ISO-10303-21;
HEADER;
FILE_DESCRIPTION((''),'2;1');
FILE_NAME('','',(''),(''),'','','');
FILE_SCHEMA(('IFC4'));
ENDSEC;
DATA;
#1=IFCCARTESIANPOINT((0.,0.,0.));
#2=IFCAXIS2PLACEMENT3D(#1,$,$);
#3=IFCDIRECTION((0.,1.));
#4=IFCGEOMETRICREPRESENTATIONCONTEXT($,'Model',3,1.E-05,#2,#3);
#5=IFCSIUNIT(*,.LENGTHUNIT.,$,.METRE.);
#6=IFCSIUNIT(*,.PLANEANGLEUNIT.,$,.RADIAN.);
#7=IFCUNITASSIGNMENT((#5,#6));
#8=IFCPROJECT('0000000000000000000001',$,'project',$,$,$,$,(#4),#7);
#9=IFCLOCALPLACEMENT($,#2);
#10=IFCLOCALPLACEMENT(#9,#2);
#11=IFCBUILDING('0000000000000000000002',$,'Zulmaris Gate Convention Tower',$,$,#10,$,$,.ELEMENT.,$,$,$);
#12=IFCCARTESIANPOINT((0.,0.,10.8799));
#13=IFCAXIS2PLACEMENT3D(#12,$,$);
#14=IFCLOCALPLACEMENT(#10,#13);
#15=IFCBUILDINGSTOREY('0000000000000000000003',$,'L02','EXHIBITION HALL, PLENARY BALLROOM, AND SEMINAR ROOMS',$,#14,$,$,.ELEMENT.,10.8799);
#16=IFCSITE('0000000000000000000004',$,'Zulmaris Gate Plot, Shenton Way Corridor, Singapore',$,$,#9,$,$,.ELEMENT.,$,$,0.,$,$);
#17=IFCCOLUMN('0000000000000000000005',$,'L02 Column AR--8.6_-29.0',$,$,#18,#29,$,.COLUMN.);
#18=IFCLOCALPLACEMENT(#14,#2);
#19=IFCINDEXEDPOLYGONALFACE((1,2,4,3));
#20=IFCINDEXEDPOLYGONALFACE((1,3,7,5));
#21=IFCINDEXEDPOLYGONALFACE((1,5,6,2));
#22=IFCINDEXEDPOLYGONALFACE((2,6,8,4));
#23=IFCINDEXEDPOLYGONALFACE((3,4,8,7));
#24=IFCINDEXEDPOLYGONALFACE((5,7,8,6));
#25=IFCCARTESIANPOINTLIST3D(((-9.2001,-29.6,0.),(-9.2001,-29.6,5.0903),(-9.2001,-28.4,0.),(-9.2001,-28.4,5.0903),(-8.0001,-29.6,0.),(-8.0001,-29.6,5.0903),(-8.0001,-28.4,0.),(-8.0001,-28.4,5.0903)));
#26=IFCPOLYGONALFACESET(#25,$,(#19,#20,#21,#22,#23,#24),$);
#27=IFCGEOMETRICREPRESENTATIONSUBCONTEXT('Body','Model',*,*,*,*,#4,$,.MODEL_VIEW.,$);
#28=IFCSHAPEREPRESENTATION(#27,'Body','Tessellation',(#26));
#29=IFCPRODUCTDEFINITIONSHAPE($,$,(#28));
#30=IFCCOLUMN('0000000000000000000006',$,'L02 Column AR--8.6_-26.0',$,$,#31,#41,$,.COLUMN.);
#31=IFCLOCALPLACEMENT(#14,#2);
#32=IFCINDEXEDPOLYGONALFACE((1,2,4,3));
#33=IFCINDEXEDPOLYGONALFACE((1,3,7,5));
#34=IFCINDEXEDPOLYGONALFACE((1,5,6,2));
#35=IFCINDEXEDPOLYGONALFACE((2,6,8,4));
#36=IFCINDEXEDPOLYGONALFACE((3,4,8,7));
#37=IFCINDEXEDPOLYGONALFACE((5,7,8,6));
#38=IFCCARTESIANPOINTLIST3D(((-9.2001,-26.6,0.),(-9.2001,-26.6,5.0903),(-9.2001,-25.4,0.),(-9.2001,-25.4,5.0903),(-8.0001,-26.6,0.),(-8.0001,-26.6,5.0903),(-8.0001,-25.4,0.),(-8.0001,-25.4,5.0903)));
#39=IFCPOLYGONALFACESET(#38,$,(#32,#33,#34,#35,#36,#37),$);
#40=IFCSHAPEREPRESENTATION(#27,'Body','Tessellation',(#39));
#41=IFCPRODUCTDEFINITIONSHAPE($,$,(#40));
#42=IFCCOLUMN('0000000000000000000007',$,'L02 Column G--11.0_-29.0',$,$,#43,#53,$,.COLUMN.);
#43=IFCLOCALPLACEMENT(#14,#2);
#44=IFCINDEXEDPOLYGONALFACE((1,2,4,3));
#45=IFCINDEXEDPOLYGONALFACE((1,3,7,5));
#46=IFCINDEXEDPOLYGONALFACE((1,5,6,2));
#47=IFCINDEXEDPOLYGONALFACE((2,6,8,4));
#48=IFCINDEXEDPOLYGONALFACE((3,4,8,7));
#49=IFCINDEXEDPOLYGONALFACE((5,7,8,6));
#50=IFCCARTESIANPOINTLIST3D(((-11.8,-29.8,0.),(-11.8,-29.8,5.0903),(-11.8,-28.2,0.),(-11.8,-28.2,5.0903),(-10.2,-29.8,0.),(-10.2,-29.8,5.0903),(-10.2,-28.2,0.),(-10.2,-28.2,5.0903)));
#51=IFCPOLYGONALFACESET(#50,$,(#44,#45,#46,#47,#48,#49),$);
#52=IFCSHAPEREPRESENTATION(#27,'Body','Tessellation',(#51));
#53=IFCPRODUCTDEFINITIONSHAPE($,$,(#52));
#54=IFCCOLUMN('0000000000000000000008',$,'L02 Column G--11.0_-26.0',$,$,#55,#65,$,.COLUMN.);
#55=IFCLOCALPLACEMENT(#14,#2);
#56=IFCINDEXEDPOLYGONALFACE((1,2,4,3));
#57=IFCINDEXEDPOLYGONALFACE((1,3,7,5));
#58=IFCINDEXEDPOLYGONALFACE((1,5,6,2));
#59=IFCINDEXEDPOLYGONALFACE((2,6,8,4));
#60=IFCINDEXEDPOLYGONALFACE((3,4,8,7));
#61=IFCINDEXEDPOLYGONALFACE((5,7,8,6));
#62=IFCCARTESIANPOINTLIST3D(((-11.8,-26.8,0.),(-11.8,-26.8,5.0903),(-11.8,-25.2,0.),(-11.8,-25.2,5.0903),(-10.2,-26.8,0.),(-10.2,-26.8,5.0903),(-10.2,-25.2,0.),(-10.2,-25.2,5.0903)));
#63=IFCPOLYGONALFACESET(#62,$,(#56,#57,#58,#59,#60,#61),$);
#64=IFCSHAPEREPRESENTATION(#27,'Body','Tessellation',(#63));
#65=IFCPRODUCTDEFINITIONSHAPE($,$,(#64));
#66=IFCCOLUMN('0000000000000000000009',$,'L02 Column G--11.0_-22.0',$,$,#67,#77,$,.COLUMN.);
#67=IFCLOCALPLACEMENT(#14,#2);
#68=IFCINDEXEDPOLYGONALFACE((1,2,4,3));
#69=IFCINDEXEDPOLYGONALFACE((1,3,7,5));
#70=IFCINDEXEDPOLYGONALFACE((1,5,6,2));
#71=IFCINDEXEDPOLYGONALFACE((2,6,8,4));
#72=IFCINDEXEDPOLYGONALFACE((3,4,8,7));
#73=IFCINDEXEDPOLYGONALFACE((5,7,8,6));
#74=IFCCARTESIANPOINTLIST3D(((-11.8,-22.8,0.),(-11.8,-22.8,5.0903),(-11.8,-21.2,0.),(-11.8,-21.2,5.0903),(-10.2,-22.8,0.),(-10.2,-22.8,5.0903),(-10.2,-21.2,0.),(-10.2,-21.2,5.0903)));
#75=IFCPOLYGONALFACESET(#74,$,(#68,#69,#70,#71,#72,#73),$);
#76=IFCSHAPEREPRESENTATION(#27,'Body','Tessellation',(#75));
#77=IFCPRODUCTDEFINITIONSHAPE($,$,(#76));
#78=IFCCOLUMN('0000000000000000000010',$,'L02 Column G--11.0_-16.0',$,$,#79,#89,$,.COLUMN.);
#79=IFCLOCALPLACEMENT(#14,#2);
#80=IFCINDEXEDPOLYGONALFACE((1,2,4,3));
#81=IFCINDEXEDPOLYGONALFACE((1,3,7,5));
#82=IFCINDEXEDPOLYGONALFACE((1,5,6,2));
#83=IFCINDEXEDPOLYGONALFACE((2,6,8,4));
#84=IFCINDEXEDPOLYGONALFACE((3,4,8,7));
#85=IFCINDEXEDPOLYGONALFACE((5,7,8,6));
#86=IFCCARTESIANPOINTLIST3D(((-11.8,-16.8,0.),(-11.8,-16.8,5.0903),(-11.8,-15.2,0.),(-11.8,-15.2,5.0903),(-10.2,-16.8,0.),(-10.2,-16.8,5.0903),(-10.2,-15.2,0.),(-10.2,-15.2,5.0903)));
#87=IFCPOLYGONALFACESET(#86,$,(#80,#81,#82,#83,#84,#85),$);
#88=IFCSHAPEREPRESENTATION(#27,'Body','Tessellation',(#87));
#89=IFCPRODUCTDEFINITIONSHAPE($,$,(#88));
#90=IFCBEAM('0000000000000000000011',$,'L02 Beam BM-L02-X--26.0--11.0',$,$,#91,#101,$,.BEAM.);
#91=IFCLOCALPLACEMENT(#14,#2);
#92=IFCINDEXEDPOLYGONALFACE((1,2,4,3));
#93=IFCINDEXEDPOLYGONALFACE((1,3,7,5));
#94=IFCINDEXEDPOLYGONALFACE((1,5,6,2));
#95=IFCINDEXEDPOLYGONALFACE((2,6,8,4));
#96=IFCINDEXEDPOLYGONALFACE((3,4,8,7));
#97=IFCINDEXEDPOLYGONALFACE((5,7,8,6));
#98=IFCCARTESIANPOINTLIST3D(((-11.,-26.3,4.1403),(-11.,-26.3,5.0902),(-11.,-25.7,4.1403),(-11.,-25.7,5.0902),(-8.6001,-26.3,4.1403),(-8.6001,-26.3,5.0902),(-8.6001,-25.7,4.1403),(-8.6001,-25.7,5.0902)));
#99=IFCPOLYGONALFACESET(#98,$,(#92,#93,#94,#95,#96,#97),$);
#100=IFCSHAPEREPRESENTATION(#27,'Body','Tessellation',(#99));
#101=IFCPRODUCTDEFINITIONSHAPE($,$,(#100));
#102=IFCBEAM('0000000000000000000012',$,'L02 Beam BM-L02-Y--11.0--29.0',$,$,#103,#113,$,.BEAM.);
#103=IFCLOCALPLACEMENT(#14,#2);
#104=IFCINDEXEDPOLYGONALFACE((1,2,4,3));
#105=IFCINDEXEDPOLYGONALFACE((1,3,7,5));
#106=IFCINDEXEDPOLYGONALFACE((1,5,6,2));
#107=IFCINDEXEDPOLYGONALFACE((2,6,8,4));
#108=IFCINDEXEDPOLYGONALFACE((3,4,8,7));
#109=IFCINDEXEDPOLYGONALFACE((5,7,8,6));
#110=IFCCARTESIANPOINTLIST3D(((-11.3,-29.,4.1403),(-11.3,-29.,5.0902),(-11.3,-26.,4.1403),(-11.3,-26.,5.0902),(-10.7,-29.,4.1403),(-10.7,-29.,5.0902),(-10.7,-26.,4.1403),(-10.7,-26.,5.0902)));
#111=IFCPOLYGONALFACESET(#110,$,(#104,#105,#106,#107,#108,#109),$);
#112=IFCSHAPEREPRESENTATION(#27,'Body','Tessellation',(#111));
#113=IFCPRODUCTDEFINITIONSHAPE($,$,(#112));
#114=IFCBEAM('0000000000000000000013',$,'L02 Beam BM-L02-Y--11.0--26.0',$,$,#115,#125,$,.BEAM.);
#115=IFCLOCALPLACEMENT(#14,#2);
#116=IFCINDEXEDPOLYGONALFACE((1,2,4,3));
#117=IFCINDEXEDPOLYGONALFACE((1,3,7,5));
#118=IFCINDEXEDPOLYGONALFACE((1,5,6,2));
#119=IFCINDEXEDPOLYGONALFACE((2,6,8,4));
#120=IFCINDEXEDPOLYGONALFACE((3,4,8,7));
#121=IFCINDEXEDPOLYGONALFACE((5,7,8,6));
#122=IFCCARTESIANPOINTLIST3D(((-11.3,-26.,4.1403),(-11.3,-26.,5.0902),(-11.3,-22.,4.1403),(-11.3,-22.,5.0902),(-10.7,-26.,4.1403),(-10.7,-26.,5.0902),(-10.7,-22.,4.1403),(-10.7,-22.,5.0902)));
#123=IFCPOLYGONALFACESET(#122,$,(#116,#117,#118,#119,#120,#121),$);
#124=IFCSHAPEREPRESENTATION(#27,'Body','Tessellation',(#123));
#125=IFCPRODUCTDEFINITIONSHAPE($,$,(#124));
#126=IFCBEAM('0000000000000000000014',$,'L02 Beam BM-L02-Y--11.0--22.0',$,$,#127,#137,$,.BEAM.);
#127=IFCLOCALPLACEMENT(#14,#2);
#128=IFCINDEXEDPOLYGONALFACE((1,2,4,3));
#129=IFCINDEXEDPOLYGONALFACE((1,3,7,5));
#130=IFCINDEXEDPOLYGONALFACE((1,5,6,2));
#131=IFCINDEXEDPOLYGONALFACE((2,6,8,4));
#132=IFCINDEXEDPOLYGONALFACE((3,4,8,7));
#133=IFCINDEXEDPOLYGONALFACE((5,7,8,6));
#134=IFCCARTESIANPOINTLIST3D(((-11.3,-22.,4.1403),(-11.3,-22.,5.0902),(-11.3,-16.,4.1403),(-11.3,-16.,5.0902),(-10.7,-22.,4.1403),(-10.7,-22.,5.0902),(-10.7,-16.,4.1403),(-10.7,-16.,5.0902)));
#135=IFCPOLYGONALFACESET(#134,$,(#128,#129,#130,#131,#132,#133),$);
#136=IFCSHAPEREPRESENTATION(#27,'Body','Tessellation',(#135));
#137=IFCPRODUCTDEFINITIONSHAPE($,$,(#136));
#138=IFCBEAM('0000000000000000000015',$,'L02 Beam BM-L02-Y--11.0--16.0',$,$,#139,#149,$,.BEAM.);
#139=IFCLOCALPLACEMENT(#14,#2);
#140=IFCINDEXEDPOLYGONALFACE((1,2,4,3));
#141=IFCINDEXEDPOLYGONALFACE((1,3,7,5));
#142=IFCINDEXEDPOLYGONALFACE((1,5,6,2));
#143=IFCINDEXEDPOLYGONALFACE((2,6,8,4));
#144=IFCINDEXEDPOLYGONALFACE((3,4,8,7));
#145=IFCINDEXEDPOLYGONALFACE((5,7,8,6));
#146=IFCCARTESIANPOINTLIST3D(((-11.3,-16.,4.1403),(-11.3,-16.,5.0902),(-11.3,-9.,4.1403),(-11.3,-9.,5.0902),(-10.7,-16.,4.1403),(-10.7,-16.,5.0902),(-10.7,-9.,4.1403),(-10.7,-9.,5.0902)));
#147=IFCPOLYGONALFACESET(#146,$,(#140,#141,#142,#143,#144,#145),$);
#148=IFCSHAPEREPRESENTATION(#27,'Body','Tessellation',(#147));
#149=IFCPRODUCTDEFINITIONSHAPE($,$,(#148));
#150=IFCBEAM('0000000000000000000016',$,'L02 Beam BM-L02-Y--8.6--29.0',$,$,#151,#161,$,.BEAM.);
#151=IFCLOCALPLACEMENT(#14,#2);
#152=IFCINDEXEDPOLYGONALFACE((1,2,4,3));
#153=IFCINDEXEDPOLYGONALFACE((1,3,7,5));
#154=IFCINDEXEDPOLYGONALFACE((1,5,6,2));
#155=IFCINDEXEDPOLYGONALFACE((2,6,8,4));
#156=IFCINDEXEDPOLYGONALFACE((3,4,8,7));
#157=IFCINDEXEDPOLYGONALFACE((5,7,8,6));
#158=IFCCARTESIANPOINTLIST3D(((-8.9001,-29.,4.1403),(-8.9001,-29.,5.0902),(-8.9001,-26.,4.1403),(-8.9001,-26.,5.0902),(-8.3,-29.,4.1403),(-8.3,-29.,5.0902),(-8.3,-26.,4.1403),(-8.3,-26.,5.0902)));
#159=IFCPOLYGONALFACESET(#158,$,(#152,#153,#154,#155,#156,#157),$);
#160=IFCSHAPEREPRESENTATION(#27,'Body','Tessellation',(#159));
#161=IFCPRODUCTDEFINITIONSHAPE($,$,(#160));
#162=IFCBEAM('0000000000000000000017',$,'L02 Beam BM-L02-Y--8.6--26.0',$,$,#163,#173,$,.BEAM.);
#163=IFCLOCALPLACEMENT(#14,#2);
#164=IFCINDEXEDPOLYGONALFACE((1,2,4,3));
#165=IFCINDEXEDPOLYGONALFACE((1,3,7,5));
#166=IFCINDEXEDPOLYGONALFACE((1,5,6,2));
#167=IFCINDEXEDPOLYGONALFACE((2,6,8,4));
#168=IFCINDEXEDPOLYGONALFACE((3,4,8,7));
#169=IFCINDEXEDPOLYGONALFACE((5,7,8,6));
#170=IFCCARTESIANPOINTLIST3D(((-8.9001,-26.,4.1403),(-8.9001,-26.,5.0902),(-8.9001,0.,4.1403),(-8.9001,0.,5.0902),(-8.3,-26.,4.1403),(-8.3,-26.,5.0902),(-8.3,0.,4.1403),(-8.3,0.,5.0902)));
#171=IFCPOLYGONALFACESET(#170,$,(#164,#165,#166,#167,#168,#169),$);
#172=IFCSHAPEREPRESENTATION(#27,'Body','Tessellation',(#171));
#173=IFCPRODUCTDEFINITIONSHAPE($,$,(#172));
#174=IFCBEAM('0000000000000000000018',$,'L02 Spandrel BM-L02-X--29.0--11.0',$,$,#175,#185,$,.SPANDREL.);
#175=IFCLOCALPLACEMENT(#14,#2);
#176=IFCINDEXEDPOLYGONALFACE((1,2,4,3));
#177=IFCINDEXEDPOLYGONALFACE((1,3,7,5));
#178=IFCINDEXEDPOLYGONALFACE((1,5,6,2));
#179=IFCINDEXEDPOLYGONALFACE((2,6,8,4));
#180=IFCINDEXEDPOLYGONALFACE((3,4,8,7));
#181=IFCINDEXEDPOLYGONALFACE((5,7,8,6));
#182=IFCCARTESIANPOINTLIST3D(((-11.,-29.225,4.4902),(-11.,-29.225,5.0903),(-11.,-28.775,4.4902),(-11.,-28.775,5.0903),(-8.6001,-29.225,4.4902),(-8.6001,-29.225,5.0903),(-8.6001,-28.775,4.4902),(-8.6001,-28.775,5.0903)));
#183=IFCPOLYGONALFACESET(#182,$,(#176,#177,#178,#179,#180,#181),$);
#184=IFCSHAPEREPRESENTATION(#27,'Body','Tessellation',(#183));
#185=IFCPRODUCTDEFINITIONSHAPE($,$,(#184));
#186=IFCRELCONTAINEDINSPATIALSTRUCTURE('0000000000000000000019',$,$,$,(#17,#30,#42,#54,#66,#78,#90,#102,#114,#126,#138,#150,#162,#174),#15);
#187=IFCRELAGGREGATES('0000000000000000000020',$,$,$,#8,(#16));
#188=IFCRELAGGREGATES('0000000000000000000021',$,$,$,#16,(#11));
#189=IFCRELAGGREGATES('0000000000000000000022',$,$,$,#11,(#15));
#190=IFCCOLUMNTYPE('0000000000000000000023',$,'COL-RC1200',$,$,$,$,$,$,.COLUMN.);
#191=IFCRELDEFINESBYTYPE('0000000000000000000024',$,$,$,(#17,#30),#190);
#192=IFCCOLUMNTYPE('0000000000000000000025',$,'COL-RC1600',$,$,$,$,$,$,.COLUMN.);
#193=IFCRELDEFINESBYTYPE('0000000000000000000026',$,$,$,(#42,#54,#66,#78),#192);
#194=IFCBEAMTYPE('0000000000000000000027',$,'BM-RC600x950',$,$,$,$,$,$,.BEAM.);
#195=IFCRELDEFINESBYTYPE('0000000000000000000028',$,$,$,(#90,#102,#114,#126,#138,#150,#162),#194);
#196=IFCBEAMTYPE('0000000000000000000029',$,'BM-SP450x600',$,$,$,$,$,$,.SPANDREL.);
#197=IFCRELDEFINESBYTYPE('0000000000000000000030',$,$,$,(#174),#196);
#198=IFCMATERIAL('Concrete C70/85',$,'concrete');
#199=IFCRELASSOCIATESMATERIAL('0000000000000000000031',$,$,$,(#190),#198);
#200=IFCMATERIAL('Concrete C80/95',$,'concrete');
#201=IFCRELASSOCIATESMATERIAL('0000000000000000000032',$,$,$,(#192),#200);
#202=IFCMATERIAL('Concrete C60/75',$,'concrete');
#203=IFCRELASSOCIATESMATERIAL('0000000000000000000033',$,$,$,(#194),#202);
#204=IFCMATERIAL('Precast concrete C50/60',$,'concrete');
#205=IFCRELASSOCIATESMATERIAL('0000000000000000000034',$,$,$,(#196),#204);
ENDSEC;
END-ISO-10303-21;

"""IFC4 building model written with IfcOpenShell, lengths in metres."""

from ifc_helpers import new_model, si_unit, direction, frame, origin, origin_2d, place, context, subcontext, project, spatial, rectangle, extrude, material, material_profile, profile_set, type_object, element, save


model = new_model("IFC4")

# Units and contexts
model_context = context("Model", 3, precision=1e-05, world=origin(), true_north=direction((0.0, 1.0)))
body_context = subcontext(model_context, "Body", "Model", "MODEL_VIEW")
ifc_project = project(units=[si_unit("LENGTHUNIT", "METRE"), si_unit("PLANEANGLEUNIT", "RADIAN")], contexts=[model_context])

# Site, building, storey
site_placement = place(None, origin())
site = spatial("IfcSite", under=ifc_project, at=site_placement, Name="Zulmaris Gate Plot, Shenton Way Corridor, Singapore", CompositionType="ELEMENT", RefElevation=0.0)
building_placement = place(site_placement, origin())
building = spatial("IfcBuilding", under=site, at=building_placement, Name="Zulmaris Gate Convention Tower", CompositionType="ELEMENT")
storey_placement = place(building_placement, frame((0.0, 0.0, 10.8799)))
storey = spatial("IfcBuildingStorey", under=building, at=storey_placement, Name="L02", Description="EXHIBITION HALL, PLENARY BALLROOM, AND SEMINAR ROOMS", CompositionType="ELEMENT", Elevation=10.8799)

# Columns
ifc_material_1 = material(Name="Concrete C70/85", Category="concrete")
ifc_material_profile_1 = material_profile(ifc_material_1, rectangle(XDim=1.2, YDim=1.2, at=origin_2d()), Name="RC COL 1200x1200")
ifc_profile_set_1 = profile_set([ifc_material_profile_1], Name="Concrete C70/85")
column_type_1 = type_object("IfcColumnType", Name="COL-RC1200", PredefinedType="COLUMN", material=ifc_profile_set_1)
for number, where, z_axis, x_axis, name in (
    (1, (-8.6001, -29.0, 0.0), (0.0, 0.0, 1.0), (1.0, 0.0, 0.0), "L02 Column AR--8.6_-29.0"),
    (2, (-8.6001, -26.0, 0.0), (0.0, 0.0, 1.0), (1.0, 0.0, 0.0), "L02 Column AR--8.6_-26.0"),
):
    element("IfcColumn", number, at=place(storey_placement, frame(where, z_axis=z_axis, x_axis=x_axis)), inside=storey, type_object=column_type_1, Name=name, PredefinedType="COLUMN", context=body_context, shape_type="SweptSolid", body=[
        extrude(rectangle(XDim=1.2, YDim=1.2, at=origin_2d()), origin(), (0.0, 0.0, 1.0), 5.0903),
    ])
ifc_material_2 = material(Name="Concrete C80/95", Category="concrete")
ifc_material_profile_2 = material_profile(ifc_material_2, rectangle(XDim=1.6001, YDim=1.6001, at=origin_2d()), Name="RC COL 1600x1600")
ifc_profile_set_2 = profile_set([ifc_material_profile_2], Name="Concrete C80/95")
column_type_2 = type_object("IfcColumnType", Name="COL-RC1600", PredefinedType="COLUMN", material=ifc_profile_set_2)
for number, where, z_axis, x_axis, name in (
    (3, (-11.0, -29.0, 0.0), (0.0, 0.0, 1.0), (1.0, 0.0, 0.0), "L02 Column G--11.0_-29.0"),
    (4, (-11.0, -26.0, 0.0), (0.0, 0.0, 1.0), (1.0, 0.0, 0.0), "L02 Column G--11.0_-26.0"),
    (5, (-11.0, -22.0, 0.0), (0.0, 0.0, 1.0), (1.0, 0.0, 0.0), "L02 Column G--11.0_-22.0"),
    (6, (-11.0, -16.0, 0.0), (0.0, 0.0, 1.0), (1.0, 0.0, 0.0), "L02 Column G--11.0_-16.0"),
):
    element("IfcColumn", number, at=place(storey_placement, frame(where, z_axis=z_axis, x_axis=x_axis)), inside=storey, type_object=column_type_2, Name=name, PredefinedType="COLUMN", context=body_context, shape_type="SweptSolid", body=[
        extrude(rectangle(XDim=1.6001, YDim=1.6001, at=origin_2d()), origin(), (0.0, 0.0, 1.0), 5.0903),
    ])

# Beams
ifc_material_3 = material(Name="Concrete C60/75", Category="concrete")
ifc_material_profile_3 = material_profile(ifc_material_3, rectangle(XDim=0.6001, YDim=0.95, at=origin_2d()), Name="RC BEAM 600x950")
ifc_profile_set_3 = profile_set([ifc_material_profile_3], Name="Concrete C60/75")
beam_type_1 = type_object("IfcBeamType", Name="BM-RC600x950", PredefinedType="BEAM", material=ifc_profile_set_3)
beam_1_placement = place(storey_placement, frame((-11.0, -26.0, 4.6152), z_axis=(1.0, 0.0, 0.0), x_axis=(0.0, 1.0, 0.0)))
element("IfcBeam", 7, at=beam_1_placement, inside=storey, type_object=beam_type_1, Name="L02 Beam BM-L02-X--26.0--11.0", PredefinedType="BEAM", context=body_context, shape_type="SweptSolid", body=[
    extrude(rectangle(XDim=0.6001, YDim=0.95, at=origin_2d()), origin(), (0.0, 0.0, 1.0), 2.3999),
])
beam_2_placement = place(storey_placement, frame((-11.0, -29.0, 4.6152), z_axis=(0.0, 1.0, 0.0), x_axis=(-1.0, 0.0, 0.0)))
element("IfcBeam", 8, at=beam_2_placement, inside=storey, type_object=beam_type_1, Name="L02 Beam BM-L02-Y--11.0--29.0", PredefinedType="BEAM", context=body_context, shape_type="SweptSolid", body=[
    extrude(rectangle(XDim=0.6001, YDim=0.95, at=origin_2d()), origin(), (0.0, 0.0, 1.0), 3.0),
])
beam_3_placement = place(storey_placement, frame((-11.0, -26.0, 4.6152), z_axis=(0.0, 1.0, 0.0), x_axis=(-1.0, 0.0, 0.0)))
element("IfcBeam", 9, at=beam_3_placement, inside=storey, type_object=beam_type_1, Name="L02 Beam BM-L02-Y--11.0--26.0", PredefinedType="BEAM", context=body_context, shape_type="SweptSolid", body=[
    extrude(rectangle(XDim=0.6001, YDim=0.95, at=origin_2d()), origin(), (0.0, 0.0, 1.0), 4.0),
])
beam_4_placement = place(storey_placement, frame((-11.0, -22.0, 4.6152), z_axis=(0.0, 1.0, 0.0), x_axis=(-1.0, 0.0, 0.0)))
element("IfcBeam", 10, at=beam_4_placement, inside=storey, type_object=beam_type_1, Name="L02 Beam BM-L02-Y--11.0--22.0", PredefinedType="BEAM", context=body_context, shape_type="SweptSolid", body=[
    extrude(rectangle(XDim=0.6001, YDim=0.95, at=origin_2d()), origin(), (0.0, 0.0, 1.0), 6.0),
])
beam_5_placement = place(storey_placement, frame((-11.0, -16.0, 4.6152), z_axis=(0.0, 1.0, 0.0), x_axis=(-1.0, 0.0, 0.0)))
element("IfcBeam", 11, at=beam_5_placement, inside=storey, type_object=beam_type_1, Name="L02 Beam BM-L02-Y--11.0--16.0", PredefinedType="BEAM", context=body_context, shape_type="SweptSolid", body=[
    extrude(rectangle(XDim=0.6001, YDim=0.95, at=origin_2d()), origin(), (0.0, 0.0, 1.0), 7.0),
])
beam_6_placement = place(storey_placement, frame((-8.6001, -29.0, 4.6152), z_axis=(0.0, 1.0, 0.0), x_axis=(-1.0, 0.0, 0.0)))
element("IfcBeam", 12, at=beam_6_placement, inside=storey, type_object=beam_type_1, Name="L02 Beam BM-L02-Y--8.6--29.0", PredefinedType="BEAM", context=body_context, shape_type="SweptSolid", body=[
    extrude(rectangle(XDim=0.6001, YDim=0.95, at=origin_2d()), origin(), (0.0, 0.0, 1.0), 3.0),
])
beam_7_placement = place(storey_placement, frame((-8.6001, -26.0, 4.6152), z_axis=(0.0, 1.0, 0.0), x_axis=(-1.0, 0.0, 0.0)))
element("IfcBeam", 13, at=beam_7_placement, inside=storey, type_object=beam_type_1, Name="L02 Beam BM-L02-Y--8.6--26.0", PredefinedType="BEAM", context=body_context, shape_type="SweptSolid", body=[
    extrude(rectangle(XDim=0.6001, YDim=0.95, at=origin_2d()), origin(), (0.0, 0.0, 1.0), 26.0),
])
ifc_material_4 = material(Name="Precast concrete C50/60", Category="concrete")
ifc_material_profile_4 = material_profile(ifc_material_4, rectangle(XDim=0.45, YDim=0.6001, at=origin_2d()), Name="RC SPANDREL 450x600")
ifc_profile_set_4 = profile_set([ifc_material_profile_4], Name="Precast concrete C50/60")
beam_type_2 = type_object("IfcBeamType", Name="BM-SP450x600", PredefinedType="SPANDREL", material=ifc_profile_set_4)
beam_8_placement = place(storey_placement, frame((-11.0, -29.0, 4.7903), z_axis=(1.0, 0.0, 0.0), x_axis=(0.0, 1.0, 0.0)))
element("IfcBeam", 14, at=beam_8_placement, inside=storey, type_object=beam_type_2, Name="L02 Spandrel BM-L02-X--29.0--11.0", PredefinedType="SPANDREL", context=body_context, shape_type="SweptSolid", body=[
    extrude(rectangle(XDim=0.45, YDim=0.6001, at=origin_2d()), origin(), (0.0, 0.0, 1.0), 2.3999),
])

save(model, "model.ifc")
